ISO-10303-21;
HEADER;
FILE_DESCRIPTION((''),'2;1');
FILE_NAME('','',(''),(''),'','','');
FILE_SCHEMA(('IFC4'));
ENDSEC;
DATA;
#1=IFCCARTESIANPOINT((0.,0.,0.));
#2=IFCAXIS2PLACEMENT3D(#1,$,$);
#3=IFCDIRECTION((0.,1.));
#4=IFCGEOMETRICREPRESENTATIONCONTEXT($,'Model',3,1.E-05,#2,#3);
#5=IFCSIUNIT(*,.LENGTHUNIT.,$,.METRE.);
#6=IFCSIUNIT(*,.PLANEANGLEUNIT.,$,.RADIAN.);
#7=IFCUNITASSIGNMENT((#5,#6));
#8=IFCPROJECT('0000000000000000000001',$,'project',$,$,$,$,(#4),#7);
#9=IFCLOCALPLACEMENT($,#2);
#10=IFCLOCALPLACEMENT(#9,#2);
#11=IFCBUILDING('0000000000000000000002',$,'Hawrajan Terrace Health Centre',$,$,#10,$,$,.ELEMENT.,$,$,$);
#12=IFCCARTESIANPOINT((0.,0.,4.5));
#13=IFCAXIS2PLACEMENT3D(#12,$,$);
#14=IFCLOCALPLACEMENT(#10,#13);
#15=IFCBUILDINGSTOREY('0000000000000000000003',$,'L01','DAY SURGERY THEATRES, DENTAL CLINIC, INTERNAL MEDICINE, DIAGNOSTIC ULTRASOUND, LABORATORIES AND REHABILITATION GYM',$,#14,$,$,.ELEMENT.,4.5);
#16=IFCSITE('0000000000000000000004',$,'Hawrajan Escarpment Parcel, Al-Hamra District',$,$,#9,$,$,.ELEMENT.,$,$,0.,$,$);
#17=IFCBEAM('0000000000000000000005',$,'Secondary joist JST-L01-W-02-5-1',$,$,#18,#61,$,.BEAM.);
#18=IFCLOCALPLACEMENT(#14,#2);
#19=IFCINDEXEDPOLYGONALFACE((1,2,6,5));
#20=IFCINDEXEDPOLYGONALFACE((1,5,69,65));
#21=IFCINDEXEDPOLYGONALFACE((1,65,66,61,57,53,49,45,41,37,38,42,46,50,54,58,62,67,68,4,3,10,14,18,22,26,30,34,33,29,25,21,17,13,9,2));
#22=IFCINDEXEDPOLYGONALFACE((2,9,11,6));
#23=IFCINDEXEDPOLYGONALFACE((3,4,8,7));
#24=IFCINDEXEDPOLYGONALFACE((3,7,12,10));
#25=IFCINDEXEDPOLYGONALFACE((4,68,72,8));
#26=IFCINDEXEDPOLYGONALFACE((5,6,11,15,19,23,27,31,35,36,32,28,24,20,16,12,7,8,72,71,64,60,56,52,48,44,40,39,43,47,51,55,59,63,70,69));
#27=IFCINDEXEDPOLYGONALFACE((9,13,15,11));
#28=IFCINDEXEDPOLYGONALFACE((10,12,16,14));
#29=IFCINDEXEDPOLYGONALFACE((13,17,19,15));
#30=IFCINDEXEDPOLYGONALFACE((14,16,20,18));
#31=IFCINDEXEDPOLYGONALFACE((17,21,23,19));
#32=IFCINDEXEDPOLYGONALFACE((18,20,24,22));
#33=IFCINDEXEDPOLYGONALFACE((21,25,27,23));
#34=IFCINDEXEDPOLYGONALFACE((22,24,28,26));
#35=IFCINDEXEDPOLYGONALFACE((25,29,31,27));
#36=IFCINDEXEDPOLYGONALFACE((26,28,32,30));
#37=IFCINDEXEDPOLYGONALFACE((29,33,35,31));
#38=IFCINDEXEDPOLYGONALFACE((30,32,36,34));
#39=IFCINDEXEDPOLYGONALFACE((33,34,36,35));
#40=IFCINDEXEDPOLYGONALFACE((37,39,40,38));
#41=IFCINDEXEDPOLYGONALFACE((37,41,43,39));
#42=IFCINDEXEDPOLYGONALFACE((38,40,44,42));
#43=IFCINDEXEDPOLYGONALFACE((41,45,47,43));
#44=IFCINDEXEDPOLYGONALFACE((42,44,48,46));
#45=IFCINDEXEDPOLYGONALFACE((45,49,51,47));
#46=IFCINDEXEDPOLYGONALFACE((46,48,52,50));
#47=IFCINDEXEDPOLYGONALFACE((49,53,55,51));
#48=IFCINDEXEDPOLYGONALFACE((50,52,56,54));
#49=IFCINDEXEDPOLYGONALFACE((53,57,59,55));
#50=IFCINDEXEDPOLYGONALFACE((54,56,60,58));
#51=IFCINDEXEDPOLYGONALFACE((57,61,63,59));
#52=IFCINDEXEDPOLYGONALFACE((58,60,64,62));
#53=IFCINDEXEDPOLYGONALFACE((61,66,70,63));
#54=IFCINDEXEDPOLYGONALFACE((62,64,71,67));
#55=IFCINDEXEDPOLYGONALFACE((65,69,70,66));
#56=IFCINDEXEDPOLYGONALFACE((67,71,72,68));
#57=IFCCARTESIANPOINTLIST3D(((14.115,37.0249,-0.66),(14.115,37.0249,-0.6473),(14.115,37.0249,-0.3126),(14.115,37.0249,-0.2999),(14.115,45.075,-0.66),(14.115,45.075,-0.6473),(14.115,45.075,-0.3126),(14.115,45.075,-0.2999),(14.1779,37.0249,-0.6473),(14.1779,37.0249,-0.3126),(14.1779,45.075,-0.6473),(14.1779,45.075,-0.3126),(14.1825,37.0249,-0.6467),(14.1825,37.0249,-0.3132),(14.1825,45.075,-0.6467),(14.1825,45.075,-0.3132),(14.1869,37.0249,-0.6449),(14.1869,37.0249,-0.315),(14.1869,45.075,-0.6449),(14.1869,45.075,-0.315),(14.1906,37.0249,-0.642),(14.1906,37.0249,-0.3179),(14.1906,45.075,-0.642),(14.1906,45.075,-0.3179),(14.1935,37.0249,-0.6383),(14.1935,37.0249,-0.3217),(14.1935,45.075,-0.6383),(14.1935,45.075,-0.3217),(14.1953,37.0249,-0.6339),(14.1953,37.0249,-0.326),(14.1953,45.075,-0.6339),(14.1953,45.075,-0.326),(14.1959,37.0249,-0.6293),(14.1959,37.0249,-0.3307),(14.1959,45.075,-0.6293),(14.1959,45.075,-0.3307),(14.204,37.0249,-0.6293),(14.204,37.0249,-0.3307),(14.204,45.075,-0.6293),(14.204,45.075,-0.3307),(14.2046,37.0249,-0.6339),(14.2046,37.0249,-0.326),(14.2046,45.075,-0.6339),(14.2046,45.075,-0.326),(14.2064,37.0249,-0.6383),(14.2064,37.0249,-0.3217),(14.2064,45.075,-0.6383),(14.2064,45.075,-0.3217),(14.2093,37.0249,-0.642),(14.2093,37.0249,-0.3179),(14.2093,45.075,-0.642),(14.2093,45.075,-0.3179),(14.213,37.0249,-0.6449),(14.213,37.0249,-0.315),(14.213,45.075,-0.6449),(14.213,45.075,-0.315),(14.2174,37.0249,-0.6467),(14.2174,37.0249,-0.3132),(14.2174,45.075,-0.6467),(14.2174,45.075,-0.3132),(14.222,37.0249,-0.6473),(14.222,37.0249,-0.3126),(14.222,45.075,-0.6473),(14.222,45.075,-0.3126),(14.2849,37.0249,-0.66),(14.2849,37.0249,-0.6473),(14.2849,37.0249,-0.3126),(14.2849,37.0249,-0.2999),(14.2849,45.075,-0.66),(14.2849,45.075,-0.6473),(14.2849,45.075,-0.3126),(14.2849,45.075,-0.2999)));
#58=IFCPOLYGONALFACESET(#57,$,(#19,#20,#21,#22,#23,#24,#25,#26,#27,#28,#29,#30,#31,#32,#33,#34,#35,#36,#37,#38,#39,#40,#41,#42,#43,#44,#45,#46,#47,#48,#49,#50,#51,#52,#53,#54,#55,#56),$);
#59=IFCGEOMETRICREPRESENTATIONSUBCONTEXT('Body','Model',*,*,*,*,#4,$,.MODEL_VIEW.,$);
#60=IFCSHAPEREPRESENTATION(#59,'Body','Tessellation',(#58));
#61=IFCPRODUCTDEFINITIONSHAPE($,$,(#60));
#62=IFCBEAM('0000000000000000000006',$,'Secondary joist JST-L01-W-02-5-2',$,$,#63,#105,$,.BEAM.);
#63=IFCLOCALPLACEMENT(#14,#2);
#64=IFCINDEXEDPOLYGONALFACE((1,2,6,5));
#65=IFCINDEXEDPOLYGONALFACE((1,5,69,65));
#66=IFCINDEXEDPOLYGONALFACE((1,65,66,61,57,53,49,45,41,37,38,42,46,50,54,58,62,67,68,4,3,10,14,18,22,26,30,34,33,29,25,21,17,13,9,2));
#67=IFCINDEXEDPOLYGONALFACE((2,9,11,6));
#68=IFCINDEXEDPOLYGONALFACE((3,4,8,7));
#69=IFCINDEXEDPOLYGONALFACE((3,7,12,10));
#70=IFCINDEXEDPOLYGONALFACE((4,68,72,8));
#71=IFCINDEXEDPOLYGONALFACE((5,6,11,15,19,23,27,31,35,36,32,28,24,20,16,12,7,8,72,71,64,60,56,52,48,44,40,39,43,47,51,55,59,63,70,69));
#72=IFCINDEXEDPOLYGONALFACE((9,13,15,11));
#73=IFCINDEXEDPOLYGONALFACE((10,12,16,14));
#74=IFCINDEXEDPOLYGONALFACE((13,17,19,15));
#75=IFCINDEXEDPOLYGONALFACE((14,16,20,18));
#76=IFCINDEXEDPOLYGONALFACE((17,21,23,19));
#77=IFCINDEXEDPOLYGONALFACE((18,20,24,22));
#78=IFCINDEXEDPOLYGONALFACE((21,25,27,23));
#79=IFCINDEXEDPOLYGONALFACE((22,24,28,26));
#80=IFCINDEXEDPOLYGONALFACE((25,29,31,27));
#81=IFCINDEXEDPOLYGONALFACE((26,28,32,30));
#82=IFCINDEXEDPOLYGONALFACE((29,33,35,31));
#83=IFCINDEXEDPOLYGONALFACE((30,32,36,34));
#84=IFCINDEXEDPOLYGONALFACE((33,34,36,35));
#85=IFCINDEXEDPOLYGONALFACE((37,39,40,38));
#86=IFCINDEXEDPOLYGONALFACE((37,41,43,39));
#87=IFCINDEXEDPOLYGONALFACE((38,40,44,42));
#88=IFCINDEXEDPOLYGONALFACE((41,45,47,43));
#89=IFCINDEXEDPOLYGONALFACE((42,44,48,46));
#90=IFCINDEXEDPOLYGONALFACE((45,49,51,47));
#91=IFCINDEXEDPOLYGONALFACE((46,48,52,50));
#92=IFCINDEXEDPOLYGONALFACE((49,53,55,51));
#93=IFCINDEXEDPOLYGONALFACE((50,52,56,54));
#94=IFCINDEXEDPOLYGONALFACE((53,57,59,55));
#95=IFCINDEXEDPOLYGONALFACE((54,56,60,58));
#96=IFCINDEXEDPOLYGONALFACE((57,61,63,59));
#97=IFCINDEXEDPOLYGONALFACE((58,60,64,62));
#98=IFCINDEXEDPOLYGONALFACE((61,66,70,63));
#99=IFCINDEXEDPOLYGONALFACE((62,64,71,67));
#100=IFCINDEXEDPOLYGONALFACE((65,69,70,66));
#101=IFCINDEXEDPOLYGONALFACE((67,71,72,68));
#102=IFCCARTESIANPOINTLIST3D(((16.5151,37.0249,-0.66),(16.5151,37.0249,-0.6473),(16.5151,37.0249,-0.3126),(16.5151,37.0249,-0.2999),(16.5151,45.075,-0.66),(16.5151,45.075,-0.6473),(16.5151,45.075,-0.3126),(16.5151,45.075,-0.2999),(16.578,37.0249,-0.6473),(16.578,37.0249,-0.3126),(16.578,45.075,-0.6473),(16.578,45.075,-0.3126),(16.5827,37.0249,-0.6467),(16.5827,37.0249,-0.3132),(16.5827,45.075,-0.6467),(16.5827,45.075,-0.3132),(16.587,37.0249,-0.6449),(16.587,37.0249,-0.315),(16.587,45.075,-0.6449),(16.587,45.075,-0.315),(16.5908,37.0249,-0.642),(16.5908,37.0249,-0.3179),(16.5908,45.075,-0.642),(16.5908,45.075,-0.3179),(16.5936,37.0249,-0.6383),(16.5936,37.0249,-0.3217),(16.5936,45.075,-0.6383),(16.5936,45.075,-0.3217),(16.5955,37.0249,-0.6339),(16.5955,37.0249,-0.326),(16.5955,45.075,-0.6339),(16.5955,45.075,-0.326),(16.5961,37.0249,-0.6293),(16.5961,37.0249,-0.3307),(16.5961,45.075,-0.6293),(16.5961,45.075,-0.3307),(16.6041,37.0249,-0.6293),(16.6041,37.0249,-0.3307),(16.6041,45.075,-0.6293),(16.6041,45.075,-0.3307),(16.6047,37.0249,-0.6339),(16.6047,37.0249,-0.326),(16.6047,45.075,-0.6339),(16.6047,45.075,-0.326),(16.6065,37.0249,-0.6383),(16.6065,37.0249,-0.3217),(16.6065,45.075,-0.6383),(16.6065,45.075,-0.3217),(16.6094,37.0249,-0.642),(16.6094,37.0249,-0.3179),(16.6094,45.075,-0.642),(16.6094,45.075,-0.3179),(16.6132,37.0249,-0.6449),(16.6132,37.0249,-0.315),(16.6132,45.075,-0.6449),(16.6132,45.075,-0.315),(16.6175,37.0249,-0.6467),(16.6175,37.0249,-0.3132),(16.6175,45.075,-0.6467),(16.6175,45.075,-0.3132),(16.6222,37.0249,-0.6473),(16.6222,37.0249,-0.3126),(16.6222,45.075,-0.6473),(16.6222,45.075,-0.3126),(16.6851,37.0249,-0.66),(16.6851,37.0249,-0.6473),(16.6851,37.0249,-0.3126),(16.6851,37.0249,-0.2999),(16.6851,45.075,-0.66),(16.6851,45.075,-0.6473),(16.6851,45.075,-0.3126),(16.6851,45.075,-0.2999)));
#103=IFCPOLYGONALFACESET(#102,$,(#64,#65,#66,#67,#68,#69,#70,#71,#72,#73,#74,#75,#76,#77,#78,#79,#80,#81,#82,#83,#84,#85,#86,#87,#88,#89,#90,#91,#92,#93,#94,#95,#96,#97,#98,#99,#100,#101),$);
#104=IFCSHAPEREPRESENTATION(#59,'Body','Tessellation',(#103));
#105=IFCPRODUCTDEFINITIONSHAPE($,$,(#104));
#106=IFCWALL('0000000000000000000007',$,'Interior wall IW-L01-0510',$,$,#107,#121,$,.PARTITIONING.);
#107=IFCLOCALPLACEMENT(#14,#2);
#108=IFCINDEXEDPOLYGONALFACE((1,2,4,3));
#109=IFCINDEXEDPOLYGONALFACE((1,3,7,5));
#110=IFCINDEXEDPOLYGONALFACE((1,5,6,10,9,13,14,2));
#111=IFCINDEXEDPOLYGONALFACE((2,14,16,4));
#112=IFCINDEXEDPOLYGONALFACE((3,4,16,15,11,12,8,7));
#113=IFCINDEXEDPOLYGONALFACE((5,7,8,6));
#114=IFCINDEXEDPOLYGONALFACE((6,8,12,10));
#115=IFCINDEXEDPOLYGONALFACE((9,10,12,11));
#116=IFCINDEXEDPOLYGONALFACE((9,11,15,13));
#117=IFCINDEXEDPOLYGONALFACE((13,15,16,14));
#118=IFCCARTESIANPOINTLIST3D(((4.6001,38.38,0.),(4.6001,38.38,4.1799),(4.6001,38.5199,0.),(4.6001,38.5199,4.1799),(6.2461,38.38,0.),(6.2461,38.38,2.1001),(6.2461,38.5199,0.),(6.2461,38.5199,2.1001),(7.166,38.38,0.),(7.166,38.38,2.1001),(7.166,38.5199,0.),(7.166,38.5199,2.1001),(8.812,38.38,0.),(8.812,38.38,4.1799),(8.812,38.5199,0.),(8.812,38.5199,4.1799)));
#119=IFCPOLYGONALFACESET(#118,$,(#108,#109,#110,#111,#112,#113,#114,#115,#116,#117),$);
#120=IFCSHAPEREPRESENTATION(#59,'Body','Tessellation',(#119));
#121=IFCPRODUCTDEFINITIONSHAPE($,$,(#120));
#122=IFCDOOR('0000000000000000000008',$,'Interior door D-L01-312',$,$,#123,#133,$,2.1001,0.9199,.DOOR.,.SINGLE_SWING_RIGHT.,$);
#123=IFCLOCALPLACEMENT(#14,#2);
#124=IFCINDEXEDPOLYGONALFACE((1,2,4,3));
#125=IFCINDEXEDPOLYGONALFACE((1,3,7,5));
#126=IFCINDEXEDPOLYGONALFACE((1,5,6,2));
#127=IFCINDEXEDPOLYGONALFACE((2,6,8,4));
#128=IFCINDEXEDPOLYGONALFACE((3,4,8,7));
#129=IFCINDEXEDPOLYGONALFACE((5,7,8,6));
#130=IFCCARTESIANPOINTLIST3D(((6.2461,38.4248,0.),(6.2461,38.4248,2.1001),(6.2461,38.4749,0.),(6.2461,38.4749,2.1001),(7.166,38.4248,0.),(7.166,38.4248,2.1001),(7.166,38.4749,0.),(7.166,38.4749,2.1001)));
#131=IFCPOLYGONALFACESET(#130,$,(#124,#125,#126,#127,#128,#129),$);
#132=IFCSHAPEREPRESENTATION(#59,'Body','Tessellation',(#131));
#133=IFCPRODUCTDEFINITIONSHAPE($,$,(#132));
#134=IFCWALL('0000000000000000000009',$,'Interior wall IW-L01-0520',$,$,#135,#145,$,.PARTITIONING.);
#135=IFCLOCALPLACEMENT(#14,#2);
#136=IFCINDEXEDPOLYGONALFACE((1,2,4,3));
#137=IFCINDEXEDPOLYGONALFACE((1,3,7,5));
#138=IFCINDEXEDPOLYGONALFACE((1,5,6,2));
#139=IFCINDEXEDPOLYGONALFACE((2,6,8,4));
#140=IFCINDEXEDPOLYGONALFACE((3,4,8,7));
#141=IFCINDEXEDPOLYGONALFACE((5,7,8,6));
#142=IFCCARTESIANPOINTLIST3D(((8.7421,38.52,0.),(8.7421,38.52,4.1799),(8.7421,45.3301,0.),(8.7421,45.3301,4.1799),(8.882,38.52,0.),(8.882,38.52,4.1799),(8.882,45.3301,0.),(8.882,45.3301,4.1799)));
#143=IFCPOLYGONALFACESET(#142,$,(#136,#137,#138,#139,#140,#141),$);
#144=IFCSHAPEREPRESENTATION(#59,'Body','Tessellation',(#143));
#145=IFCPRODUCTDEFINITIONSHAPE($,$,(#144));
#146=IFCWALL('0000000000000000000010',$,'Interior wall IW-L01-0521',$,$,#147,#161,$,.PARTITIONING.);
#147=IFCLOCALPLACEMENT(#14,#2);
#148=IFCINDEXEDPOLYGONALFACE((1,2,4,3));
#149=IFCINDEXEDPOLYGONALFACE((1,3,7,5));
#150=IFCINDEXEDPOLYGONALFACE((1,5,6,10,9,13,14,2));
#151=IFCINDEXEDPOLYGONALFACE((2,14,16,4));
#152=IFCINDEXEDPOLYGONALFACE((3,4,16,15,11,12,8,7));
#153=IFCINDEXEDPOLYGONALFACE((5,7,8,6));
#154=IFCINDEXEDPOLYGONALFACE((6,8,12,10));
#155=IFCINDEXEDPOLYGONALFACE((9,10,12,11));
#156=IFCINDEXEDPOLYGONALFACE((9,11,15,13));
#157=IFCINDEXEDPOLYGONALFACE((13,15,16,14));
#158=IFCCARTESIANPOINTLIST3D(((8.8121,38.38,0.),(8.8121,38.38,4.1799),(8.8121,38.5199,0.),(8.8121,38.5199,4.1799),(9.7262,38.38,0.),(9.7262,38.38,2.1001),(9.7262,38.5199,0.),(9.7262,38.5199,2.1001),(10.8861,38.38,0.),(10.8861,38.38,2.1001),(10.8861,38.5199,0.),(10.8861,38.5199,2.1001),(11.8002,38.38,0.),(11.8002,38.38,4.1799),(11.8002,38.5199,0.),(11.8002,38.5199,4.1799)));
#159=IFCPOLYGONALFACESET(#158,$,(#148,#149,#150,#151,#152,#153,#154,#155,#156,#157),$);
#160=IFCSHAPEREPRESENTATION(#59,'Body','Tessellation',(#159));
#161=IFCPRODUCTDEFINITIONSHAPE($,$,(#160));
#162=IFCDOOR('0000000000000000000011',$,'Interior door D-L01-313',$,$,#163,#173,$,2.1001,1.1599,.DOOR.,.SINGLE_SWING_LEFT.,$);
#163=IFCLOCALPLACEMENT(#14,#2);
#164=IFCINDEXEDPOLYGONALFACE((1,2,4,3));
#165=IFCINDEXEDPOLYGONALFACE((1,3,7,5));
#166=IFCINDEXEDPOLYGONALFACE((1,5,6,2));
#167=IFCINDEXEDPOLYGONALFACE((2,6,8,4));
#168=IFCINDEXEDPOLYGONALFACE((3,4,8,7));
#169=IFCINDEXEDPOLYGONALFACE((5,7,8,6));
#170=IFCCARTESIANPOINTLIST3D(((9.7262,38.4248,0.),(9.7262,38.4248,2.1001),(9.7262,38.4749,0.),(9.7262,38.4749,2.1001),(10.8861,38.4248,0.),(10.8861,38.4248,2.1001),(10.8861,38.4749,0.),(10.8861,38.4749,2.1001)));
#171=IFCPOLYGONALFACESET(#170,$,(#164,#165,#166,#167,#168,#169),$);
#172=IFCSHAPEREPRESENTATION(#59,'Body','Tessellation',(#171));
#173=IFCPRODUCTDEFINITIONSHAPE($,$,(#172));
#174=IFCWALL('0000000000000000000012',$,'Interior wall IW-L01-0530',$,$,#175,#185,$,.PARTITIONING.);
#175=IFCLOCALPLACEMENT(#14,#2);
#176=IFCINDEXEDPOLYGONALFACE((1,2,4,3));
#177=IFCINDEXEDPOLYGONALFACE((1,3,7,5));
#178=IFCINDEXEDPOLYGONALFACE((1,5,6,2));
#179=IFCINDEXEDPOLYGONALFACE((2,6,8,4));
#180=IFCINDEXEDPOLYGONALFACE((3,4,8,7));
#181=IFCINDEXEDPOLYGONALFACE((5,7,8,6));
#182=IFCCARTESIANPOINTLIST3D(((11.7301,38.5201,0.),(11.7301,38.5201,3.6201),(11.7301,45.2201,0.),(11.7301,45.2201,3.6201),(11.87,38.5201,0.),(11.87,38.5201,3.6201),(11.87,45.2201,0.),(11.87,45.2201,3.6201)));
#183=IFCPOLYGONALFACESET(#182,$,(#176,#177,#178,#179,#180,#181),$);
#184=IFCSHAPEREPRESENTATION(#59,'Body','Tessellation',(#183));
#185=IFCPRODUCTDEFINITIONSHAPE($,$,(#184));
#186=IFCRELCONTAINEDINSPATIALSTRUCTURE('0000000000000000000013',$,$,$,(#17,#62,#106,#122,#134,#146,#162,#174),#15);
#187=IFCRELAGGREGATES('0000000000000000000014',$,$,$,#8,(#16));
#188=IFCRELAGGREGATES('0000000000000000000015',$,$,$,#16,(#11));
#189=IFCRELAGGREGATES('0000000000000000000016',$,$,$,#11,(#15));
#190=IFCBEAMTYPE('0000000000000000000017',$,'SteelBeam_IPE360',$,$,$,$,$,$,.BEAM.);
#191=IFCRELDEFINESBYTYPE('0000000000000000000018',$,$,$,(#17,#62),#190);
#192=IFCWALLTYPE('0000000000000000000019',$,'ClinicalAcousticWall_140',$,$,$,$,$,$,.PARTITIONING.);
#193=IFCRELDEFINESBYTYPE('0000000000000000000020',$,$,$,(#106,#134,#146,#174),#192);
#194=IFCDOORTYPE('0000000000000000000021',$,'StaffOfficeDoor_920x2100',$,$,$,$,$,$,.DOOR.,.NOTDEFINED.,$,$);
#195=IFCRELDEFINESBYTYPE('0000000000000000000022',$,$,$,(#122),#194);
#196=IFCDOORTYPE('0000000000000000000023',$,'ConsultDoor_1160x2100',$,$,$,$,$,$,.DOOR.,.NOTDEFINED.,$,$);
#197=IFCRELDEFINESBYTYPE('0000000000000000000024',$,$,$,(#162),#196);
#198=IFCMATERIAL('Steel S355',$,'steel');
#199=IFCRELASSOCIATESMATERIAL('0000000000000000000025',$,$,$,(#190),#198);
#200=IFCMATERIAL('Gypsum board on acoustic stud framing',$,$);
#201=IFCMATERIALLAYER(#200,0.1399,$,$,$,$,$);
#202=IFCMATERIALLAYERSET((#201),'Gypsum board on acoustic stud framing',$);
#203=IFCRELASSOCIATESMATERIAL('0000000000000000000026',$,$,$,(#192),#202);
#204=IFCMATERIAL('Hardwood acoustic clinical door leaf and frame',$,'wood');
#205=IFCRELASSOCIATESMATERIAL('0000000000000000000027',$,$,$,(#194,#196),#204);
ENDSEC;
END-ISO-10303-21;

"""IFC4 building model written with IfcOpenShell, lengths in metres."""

from ifc_helpers import new_model, si_unit, direction, frame, frame_2d, origin, origin_2d, place, context, subcontext, project, spatial, rectangle, i_section, extrude, material, layer, layer_set, material_profile, profile_set, type_object, element, fill, save


model = new_model("IFC4")

# Units and contexts
model_context = context("Model", 3, precision=1e-05, world=origin(), true_north=direction((0.0, 1.0)))
body_context = subcontext(model_context, "Body", "Model", "MODEL_VIEW")
ifc_project = project(units=[si_unit("LENGTHUNIT", "METRE"), si_unit("PLANEANGLEUNIT", "RADIAN")], contexts=[model_context])

# Site, building, storey
site_placement = place(None, origin())
site = spatial("IfcSite", under=ifc_project, at=site_placement, Name="Hawrajan Escarpment Parcel, Al-Hamra District", CompositionType="ELEMENT", RefElevation=0.0)
building_placement = place(site_placement, origin())
building = spatial("IfcBuilding", under=site, at=building_placement, Name="Hawrajan Terrace Health Centre", CompositionType="ELEMENT")
storey_placement = place(building_placement, frame((0.0, 0.0, 4.5)))
storey = spatial("IfcBuildingStorey", under=building, at=storey_placement, Name="L01", Description="DAY SURGERY THEATRES, DENTAL CLINIC, INTERNAL MEDICINE, DIAGNOSTIC ULTRASOUND, LABORATORIES AND REHABILITATION GYM", CompositionType="ELEMENT", Elevation=4.5)

# Beams
ifc_material_1 = material(Name="Steel S355", Category="steel")
ifc_material_profile_1 = material_profile(ifc_material_1, i_section(OverallWidth=0.1699, OverallDepth=0.3601, WebThickness=0.0081, FlangeThickness=0.0127, FilletRadius=0.0181, at=origin_2d()), Name="IPE 360")
ifc_profile_set_1 = profile_set([ifc_material_profile_1], Name="Steel S355")
beam_type_1 = type_object("IfcBeamType", Name="SteelBeam_IPE360", PredefinedType="BEAM", material=ifc_profile_set_1)
for number, where, z_axis, x_axis, name in (
    (1, (14.2, 37.0249, -0.48), (0.0, 1.0, 0.0), (-1.0, 0.0, 0.0), "Secondary joist JST-L01-W-02-5-1"),
    (2, (16.6001, 37.0249, -0.48), (0.0, 1.0, 0.0), (-1.0, 0.0, 0.0), "Secondary joist JST-L01-W-02-5-2"),
):
    element("IfcBeam", number, at=place(storey_placement, frame(where, z_axis=z_axis, x_axis=x_axis)), inside=storey, type_object=beam_type_1, Name=name, PredefinedType="BEAM", context=body_context, shape_type="SweptSolid", body=[
        extrude(i_section(OverallWidth=0.1699, OverallDepth=0.3601, WebThickness=0.0081, FlangeThickness=0.0127, FilletRadius=0.0181, at=origin_2d()), origin(), (0.0, 0.0, 1.0), 8.05),
    ])

# Wall, opening, door
ifc_material_2 = material(Name="Gypsum board on acoustic stud framing")
ifc_layer_1 = layer(ifc_material_2, 0.1399)
ifc_layer_set_1 = layer_set([ifc_layer_1], Name="Gypsum board on acoustic stud framing")
wall_type_1 = type_object("IfcWallType", Name="ClinicalAcousticWall_140", PredefinedType="PARTITIONING", material=ifc_layer_set_1)
wall_1_placement = place(storey_placement, frame((4.6001, 38.45, 0.0), z_axis=(0.0, 0.0, 1.0), x_axis=(1.0, 0.0, 0.0)))
wall_1 = element("IfcWall", 3, at=wall_1_placement, inside=storey, type_object=wall_type_1, Name="Interior wall IW-L01-0510", PredefinedType="PARTITIONING", context=body_context, shape_type="SweptSolid", body=[
    extrude(rectangle(XDim=4.2119, YDim=0.1399, at=frame_2d((2.106, 0.0))), origin(), (0.0, 0.0, 1.0), 4.1799),
])
opening_1_placement = place(wall_1_placement, frame((1.646, 0.0, 0.0)))
opening_1 = element("IfcOpeningElement", 4, at=opening_1_placement, cuts=wall_1, PredefinedType="OPENING", context=body_context, shape_type="SweptSolid", body=[
    extrude(rectangle(XDim=0.9199, YDim=2.1001, at=frame_2d((0.46, 1.05))), frame((0.0, 0.0798, 0.0), z_axis=(0.0, -1.0, 0.0), x_axis=(1.0, 0.0, 0.0)), (0.0, 0.0, 1.0), 0.1599),
])
ifc_material_3 = material(Name="Hardwood acoustic clinical door leaf and frame", Category="wood")
door_type_1 = type_object("IfcDoorType", Name="StaffOfficeDoor_920x2100", OperationType="NOTDEFINED", PredefinedType="DOOR", material=ifc_material_3)
door_1_placement = place(opening_1_placement, origin())
door_1 = element("IfcDoor", 5, at=door_1_placement, inside=storey, type_object=door_type_1, Name="Interior door D-L01-312", OperationType="SINGLE_SWING_RIGHT", OverallHeight=2.1001, OverallWidth=0.9199, PredefinedType="DOOR", context=body_context, shape_type="SweptSolid", body=[
    extrude(rectangle(XDim=0.9199, YDim=2.1001, at=frame_2d((0.46, 1.05))), frame((0.0, 0.0249, 0.0), z_axis=(0.0, -1.0, 0.0), x_axis=(1.0, 0.0, 0.0)), (0.0, 0.0, 1.0), 0.05),
])
fill(opening_1, door_1)

# Wall
wall_2_placement = place(storey_placement, frame((8.812, 38.52, 0.0), z_axis=(0.0, 0.0, 1.0), x_axis=(0.0, 1.0, 0.0)))
element("IfcWall", 6, at=wall_2_placement, inside=storey, type_object=wall_type_1, Name="Interior wall IW-L01-0520", PredefinedType="PARTITIONING", context=body_context, shape_type="SweptSolid", body=[
    extrude(rectangle(XDim=6.8101, YDim=0.1399, at=frame_2d((3.405, 0.0))), origin(), (0.0, 0.0, 1.0), 4.1799),
])

# Wall, opening, door
wall_3_placement = place(storey_placement, frame((8.812, 38.45, 0.0), z_axis=(0.0, 0.0, 1.0), x_axis=(1.0, 0.0, 0.0)))
wall_3 = element("IfcWall", 7, at=wall_3_placement, inside=storey, type_object=wall_type_1, Name="Interior wall IW-L01-0521", PredefinedType="PARTITIONING", context=body_context, shape_type="SweptSolid", body=[
    extrude(rectangle(XDim=2.988, YDim=0.1399, at=frame_2d((1.4941, 0.0))), origin(), (0.0, 0.0, 1.0), 4.1799),
])
opening_2_placement = place(wall_3_placement, frame((0.9141, 0.0, 0.0)))
opening_2 = element("IfcOpeningElement", 8, at=opening_2_placement, cuts=wall_3, PredefinedType="OPENING", context=body_context, shape_type="SweptSolid", body=[
    extrude(rectangle(XDim=1.1599, YDim=2.1001, at=frame_2d((0.5801, 1.05))), frame((0.0, 0.0798, 0.0), z_axis=(0.0, -1.0, 0.0), x_axis=(1.0, 0.0, 0.0)), (0.0, 0.0, 1.0), 0.1599),
])
door_type_2 = type_object("IfcDoorType", Name="ConsultDoor_1160x2100", OperationType="NOTDEFINED", PredefinedType="DOOR", material=ifc_material_3)
door_2_placement = place(opening_2_placement, origin())
door_2 = element("IfcDoor", 9, at=door_2_placement, inside=storey, type_object=door_type_2, Name="Interior door D-L01-313", OperationType="SINGLE_SWING_LEFT", OverallHeight=2.1001, OverallWidth=1.1599, PredefinedType="DOOR", context=body_context, shape_type="SweptSolid", body=[
    extrude(rectangle(XDim=1.1599, YDim=2.1001, at=frame_2d((0.5801, 1.05))), frame((0.0, 0.0249, 0.0), z_axis=(0.0, -1.0, 0.0), x_axis=(1.0, 0.0, 0.0)), (0.0, 0.0, 1.0), 0.05),
])
fill(opening_2, door_2)

# Wall
wall_4_placement = place(storey_placement, frame((11.8, 38.52, 0.0), z_axis=(0.0, 0.0, 1.0), x_axis=(0.0, 1.0, 0.0)))
element("IfcWall", 10, at=wall_4_placement, inside=storey, type_object=wall_type_1, Name="Interior wall IW-L01-0530", PredefinedType="PARTITIONING", context=body_context, shape_type="SweptSolid", body=[
    extrude(rectangle(XDim=6.7, YDim=0.1399, at=frame_2d((3.3501, 0.0))), origin(), (0.0, 0.0, 1.0), 3.6201),
])

save(model, "model.ifc")
